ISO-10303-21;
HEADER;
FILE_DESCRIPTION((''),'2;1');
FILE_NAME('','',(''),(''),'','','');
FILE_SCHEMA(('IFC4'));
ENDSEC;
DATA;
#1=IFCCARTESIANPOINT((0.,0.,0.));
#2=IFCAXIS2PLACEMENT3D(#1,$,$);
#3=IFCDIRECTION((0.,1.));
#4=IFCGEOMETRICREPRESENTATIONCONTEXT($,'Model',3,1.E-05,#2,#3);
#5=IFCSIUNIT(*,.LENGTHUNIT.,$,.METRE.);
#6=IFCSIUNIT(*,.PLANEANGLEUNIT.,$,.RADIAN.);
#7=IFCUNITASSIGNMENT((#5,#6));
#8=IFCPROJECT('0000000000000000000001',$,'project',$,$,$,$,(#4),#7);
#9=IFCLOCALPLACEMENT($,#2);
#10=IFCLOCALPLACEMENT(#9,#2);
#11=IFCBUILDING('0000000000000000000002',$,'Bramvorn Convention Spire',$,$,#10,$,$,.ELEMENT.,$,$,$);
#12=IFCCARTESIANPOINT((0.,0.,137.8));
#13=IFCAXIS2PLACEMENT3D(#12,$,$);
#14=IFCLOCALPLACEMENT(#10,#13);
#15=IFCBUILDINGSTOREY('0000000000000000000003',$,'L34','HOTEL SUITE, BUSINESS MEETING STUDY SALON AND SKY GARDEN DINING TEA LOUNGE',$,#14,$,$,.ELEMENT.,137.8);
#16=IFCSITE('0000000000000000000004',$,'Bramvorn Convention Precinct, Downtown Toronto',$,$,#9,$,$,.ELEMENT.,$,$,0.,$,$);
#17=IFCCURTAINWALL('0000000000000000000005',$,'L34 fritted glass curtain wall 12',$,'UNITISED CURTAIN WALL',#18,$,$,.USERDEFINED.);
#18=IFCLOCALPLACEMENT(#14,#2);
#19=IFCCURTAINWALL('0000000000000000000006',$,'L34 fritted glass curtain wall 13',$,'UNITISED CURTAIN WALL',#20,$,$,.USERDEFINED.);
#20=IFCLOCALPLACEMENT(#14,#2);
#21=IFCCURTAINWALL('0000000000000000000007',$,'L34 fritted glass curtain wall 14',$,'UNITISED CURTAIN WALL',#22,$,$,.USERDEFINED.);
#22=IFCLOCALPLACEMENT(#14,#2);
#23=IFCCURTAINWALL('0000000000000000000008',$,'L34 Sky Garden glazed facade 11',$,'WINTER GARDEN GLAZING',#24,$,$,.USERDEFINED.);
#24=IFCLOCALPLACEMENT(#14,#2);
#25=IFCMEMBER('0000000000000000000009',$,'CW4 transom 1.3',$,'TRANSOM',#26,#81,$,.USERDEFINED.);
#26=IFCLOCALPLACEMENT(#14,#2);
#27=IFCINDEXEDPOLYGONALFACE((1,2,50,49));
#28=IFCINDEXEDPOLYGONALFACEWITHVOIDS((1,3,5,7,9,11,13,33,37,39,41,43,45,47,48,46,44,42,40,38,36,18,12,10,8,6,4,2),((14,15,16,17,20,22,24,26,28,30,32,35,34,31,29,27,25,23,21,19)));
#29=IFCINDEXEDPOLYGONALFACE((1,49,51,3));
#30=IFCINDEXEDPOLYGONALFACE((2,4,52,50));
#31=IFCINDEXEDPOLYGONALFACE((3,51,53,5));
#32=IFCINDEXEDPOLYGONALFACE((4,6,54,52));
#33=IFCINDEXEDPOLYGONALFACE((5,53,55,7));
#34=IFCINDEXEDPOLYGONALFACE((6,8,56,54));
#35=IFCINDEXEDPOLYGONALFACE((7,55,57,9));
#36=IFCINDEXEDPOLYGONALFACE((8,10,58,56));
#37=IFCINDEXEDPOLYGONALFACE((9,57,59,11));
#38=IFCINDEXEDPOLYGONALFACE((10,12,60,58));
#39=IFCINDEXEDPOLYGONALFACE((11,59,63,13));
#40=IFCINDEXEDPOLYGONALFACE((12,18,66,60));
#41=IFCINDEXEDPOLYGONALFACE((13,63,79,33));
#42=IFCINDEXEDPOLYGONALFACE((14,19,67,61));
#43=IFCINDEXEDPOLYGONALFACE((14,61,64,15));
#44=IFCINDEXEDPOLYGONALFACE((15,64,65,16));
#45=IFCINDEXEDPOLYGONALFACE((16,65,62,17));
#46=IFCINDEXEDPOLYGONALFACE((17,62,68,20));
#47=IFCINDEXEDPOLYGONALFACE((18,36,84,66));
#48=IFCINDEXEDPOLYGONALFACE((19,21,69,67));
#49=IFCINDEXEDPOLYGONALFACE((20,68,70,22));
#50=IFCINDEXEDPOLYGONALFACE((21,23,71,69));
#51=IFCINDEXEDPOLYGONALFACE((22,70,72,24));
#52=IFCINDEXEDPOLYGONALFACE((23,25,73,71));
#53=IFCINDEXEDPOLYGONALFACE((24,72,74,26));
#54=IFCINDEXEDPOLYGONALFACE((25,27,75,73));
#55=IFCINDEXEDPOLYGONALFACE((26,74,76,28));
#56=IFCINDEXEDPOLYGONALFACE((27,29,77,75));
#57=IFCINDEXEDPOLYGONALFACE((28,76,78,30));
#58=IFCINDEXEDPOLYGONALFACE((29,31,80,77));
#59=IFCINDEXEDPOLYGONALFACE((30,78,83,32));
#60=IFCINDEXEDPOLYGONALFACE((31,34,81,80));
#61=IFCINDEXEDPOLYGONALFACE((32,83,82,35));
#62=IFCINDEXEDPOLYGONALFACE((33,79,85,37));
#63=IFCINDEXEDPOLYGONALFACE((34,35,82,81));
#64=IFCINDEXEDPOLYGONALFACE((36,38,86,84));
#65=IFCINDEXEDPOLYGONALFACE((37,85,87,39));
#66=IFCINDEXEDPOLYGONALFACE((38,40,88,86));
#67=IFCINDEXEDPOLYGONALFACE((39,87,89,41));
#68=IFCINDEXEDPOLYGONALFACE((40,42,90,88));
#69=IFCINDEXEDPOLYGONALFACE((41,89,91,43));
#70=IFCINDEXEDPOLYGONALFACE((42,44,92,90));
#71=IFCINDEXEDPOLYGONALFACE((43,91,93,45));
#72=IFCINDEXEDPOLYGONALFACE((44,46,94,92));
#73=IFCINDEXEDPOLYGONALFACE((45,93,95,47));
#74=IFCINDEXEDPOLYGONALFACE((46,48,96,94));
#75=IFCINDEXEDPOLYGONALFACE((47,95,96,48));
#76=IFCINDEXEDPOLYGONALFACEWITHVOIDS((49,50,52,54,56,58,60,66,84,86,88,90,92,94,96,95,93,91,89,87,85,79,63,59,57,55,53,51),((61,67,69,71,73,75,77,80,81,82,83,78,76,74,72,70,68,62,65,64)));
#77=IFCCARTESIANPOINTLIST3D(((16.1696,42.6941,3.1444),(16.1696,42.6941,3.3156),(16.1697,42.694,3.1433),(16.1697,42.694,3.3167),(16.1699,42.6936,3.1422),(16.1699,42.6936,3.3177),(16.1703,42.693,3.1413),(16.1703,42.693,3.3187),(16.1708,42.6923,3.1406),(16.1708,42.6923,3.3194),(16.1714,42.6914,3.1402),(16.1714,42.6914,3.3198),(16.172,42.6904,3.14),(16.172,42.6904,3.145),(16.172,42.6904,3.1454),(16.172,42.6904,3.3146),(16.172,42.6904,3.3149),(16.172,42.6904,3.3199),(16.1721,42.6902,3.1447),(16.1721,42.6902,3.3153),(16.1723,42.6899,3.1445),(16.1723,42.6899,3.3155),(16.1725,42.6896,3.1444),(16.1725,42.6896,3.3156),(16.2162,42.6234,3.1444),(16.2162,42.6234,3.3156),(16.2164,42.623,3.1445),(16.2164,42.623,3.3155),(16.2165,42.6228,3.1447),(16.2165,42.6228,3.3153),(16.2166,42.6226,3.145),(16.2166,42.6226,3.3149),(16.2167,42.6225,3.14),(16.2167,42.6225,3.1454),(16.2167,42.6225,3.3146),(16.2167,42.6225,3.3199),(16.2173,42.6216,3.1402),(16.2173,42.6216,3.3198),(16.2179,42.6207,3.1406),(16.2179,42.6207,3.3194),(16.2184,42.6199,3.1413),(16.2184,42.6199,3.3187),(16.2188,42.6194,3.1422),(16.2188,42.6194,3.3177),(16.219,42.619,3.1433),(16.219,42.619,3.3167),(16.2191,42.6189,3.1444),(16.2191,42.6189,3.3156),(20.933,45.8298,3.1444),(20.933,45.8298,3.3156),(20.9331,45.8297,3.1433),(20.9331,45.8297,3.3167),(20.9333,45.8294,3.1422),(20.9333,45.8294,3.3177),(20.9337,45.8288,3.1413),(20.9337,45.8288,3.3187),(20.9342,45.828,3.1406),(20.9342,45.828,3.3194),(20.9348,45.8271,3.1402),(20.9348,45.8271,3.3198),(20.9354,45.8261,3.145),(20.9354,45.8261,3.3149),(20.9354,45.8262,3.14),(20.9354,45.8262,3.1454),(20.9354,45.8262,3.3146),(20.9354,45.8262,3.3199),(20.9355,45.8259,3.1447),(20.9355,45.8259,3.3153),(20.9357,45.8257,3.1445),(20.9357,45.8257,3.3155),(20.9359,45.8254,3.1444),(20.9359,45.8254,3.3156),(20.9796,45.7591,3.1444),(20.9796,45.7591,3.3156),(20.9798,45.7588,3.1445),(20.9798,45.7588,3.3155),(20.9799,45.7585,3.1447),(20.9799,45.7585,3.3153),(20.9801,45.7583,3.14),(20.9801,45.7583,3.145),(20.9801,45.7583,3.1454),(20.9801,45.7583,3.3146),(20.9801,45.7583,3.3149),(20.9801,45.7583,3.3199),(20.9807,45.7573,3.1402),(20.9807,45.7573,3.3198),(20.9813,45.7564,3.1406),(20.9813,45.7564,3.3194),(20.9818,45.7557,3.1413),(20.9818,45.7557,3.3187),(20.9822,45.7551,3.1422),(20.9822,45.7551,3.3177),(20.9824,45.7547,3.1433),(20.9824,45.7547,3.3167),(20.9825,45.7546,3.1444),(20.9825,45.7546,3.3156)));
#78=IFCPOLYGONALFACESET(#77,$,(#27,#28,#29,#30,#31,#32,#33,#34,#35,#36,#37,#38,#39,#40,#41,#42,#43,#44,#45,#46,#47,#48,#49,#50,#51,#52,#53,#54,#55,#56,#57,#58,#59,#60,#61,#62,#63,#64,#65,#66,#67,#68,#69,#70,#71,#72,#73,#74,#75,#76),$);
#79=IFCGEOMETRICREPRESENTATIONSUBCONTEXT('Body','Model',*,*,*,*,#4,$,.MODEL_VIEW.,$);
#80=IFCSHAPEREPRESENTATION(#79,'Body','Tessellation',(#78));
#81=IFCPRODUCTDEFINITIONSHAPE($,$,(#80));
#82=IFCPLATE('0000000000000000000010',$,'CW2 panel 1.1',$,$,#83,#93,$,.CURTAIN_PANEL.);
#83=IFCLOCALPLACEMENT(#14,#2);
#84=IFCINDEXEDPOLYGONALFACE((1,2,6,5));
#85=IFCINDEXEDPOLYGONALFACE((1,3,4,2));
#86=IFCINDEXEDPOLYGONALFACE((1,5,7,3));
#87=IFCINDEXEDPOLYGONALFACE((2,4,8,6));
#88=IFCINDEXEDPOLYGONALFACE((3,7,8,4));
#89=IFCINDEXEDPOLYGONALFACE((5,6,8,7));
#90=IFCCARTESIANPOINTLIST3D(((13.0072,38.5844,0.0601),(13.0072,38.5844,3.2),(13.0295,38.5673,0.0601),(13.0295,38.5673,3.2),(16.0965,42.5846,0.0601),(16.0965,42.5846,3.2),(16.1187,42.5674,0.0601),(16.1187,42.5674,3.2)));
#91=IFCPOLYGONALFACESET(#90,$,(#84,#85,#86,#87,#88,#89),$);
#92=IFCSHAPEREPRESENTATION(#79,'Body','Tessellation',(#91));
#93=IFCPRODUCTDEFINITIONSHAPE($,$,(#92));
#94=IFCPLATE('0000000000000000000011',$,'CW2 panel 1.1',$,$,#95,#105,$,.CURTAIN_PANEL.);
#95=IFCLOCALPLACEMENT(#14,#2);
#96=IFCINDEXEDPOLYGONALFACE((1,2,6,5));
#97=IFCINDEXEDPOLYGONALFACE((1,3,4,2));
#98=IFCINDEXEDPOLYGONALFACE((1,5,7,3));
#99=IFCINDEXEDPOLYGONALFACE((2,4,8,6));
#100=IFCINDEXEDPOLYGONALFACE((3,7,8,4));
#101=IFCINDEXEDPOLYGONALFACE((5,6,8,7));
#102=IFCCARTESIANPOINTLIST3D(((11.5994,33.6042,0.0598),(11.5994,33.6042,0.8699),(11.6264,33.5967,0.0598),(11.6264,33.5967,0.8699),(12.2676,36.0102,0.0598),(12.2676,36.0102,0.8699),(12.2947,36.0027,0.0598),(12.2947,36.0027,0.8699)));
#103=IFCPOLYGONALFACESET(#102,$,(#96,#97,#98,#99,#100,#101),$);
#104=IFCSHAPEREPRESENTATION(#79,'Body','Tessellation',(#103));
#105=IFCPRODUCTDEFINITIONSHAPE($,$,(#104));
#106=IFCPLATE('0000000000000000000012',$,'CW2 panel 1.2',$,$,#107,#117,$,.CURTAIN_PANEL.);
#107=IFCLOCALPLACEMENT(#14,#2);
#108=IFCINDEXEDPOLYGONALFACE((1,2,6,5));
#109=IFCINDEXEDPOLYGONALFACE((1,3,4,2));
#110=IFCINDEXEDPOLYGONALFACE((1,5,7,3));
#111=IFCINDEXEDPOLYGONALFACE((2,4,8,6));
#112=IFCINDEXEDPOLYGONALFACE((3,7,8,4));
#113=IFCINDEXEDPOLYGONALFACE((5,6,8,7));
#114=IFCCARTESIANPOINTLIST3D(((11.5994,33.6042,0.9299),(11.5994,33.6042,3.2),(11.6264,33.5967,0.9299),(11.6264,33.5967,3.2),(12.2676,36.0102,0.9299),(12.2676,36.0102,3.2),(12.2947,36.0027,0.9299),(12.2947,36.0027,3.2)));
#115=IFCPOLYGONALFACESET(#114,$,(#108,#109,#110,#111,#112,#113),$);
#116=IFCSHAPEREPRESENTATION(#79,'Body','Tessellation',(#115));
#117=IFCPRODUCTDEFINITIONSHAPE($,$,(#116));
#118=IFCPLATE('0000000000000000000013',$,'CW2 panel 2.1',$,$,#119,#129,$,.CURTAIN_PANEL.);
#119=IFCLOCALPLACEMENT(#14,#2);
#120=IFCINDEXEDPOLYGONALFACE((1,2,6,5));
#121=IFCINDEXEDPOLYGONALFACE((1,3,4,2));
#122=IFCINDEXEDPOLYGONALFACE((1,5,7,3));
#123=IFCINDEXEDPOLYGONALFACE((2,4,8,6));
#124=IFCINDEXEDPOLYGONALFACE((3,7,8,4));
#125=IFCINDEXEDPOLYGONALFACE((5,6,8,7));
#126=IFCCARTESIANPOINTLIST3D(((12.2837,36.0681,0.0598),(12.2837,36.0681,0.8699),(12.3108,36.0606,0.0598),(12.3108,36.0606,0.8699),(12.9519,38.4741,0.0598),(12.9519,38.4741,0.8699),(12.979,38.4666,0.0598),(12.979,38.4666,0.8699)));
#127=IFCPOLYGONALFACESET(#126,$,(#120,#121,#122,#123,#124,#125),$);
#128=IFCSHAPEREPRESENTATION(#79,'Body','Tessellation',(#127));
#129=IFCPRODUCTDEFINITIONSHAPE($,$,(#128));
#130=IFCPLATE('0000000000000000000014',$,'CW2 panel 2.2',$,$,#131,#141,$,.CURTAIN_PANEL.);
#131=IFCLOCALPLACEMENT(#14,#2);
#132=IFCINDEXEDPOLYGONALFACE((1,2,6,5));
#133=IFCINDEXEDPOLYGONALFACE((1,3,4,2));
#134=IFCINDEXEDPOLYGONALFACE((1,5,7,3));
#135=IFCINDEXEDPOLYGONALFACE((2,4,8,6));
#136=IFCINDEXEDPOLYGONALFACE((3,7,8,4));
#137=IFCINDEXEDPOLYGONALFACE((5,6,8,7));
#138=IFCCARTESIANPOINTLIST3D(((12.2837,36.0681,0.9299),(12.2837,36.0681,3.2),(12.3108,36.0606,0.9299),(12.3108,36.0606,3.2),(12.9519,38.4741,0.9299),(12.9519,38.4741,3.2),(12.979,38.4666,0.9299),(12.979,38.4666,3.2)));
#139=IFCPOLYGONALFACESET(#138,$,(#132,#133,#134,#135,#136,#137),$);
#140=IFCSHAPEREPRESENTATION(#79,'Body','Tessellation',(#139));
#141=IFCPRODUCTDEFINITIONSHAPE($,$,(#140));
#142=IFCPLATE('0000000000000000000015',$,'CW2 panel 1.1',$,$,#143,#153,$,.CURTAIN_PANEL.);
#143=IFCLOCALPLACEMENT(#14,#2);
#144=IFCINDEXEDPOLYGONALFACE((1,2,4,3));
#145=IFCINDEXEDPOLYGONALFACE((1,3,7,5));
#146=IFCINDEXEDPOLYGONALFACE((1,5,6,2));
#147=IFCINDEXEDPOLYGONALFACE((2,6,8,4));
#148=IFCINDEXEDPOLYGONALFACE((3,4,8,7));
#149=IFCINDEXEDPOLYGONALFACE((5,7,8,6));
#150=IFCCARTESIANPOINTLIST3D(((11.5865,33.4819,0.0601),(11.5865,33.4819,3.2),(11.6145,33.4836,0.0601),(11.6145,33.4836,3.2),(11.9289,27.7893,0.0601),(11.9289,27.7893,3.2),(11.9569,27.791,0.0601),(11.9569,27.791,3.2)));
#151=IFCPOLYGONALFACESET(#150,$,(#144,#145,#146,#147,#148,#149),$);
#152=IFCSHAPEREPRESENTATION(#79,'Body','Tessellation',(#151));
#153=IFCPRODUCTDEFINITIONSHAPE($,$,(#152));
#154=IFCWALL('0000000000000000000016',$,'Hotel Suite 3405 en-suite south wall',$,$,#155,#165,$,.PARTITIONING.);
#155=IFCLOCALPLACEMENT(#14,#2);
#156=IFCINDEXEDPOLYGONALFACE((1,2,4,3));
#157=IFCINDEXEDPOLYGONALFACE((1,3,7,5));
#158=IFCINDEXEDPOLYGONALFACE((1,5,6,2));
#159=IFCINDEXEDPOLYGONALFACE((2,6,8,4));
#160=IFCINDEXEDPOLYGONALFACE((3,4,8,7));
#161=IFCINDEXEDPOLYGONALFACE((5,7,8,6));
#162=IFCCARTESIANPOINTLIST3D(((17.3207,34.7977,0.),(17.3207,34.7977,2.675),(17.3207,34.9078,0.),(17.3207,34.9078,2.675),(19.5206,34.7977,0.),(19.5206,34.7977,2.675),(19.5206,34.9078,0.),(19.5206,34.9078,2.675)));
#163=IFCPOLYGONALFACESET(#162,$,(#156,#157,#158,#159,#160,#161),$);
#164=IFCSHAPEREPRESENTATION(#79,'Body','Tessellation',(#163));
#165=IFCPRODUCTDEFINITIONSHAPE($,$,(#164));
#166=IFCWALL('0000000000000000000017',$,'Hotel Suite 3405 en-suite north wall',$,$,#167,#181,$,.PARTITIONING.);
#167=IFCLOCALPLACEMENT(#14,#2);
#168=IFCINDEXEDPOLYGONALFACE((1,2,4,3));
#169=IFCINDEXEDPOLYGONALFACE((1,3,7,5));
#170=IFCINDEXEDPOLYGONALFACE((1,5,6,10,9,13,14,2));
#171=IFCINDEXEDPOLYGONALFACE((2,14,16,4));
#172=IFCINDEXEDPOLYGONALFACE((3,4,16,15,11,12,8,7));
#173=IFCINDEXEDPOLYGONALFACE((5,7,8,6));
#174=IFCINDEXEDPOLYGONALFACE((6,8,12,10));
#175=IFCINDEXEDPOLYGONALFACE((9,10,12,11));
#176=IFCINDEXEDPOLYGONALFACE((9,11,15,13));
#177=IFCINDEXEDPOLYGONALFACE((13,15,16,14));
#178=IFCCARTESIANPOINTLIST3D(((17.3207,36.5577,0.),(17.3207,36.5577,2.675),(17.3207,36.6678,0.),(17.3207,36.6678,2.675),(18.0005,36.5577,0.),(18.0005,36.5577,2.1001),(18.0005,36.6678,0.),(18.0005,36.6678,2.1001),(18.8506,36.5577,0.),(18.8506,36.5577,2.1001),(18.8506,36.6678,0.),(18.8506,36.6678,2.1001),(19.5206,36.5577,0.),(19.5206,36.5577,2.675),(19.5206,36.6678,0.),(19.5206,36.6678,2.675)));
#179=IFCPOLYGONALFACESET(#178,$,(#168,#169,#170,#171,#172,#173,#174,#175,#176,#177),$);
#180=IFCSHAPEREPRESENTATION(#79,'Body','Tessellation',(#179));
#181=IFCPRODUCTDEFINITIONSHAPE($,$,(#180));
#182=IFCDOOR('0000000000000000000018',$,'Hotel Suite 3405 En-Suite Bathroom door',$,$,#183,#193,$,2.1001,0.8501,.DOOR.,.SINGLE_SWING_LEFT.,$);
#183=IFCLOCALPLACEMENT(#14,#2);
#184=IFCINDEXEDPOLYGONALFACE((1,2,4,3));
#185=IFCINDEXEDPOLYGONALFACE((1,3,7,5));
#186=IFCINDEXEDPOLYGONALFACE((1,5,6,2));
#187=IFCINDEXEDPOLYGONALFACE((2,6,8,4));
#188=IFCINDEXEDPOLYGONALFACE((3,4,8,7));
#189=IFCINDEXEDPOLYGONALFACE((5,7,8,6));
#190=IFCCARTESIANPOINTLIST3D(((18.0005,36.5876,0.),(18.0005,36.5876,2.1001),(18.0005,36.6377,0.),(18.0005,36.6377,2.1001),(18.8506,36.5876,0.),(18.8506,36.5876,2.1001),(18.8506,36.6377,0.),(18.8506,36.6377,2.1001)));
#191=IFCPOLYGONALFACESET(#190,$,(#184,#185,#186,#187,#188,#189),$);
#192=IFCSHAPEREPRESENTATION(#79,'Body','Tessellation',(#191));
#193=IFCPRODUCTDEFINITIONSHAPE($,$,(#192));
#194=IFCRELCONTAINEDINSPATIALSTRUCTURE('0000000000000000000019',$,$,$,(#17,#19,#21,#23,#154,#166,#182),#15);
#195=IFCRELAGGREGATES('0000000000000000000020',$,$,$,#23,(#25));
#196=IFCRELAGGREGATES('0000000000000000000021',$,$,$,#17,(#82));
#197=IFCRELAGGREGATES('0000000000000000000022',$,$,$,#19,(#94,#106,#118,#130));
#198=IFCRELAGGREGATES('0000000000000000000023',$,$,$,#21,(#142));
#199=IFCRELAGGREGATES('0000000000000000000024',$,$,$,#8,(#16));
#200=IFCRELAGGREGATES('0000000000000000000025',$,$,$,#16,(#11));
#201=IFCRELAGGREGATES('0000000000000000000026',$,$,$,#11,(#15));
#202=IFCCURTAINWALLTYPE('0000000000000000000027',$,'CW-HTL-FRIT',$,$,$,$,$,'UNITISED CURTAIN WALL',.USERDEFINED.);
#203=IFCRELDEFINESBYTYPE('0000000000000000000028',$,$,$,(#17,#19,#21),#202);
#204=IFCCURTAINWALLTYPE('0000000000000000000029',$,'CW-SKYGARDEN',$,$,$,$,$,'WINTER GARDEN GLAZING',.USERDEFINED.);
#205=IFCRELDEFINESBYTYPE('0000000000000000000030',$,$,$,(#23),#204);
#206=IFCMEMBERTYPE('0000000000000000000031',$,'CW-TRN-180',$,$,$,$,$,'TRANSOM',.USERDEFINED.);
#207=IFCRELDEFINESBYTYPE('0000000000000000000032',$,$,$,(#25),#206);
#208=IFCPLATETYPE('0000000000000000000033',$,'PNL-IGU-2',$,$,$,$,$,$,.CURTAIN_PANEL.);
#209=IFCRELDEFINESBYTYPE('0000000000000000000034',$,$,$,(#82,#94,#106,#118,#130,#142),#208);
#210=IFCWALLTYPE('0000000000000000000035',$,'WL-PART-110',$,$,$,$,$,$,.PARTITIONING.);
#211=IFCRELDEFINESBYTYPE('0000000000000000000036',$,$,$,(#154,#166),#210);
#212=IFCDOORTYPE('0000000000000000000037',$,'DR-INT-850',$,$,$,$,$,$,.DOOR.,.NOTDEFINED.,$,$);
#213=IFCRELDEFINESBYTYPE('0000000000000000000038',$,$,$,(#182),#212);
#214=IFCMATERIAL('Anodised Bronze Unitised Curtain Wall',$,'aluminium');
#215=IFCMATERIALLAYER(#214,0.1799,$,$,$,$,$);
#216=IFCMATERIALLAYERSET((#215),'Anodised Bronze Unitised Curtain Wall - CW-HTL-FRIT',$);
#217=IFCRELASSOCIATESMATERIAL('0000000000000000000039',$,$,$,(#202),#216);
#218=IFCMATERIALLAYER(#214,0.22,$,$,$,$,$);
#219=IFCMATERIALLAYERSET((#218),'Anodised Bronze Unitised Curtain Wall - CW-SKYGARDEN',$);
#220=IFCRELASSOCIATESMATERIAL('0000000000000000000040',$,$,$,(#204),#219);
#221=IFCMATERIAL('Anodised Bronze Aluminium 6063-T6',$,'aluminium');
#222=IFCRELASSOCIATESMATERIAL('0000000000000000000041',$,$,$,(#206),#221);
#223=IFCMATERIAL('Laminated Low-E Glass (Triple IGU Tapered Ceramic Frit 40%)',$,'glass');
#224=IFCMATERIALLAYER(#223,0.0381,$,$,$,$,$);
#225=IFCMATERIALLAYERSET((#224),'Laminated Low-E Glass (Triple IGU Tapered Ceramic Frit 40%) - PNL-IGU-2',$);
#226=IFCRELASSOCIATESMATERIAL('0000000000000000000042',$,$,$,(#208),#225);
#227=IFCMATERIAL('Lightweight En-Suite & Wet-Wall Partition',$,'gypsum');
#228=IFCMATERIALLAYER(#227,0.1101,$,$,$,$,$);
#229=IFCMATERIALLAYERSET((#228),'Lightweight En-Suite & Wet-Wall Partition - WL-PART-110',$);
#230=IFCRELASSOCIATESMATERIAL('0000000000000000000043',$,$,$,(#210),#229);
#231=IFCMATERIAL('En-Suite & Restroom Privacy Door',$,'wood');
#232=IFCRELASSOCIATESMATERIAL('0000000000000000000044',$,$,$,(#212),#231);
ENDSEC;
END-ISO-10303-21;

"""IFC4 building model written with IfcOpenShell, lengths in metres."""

from ifc_helpers import new_model, si_unit, direction, frame, frame_2d, origin, origin_2d, place, context, subcontext, project, spatial, rectangle, hollow_rectangle, extrude, material, layer, layer_set, material_profile, profile_set, type_object, element, fill, aggregate, save


model = new_model("IFC4")

# Units and contexts
model_context = context("Model", 3, precision=1e-05, world=origin(), true_north=direction((0.0, 1.0)))
body_context = subcontext(model_context, "Body", "Model", "MODEL_VIEW")
ifc_project = project(units=[si_unit("LENGTHUNIT", "METRE"), si_unit("PLANEANGLEUNIT", "RADIAN")], contexts=[model_context])

# Site, building, storey
site_placement = place(None, origin())
site = spatial("IfcSite", under=ifc_project, at=site_placement, Name="Bramvorn Convention Precinct, Downtown Toronto", CompositionType="ELEMENT", RefElevation=0.0)
building_placement = place(site_placement, origin())
building = spatial("IfcBuilding", under=site, at=building_placement, Name="Bramvorn Convention Spire", CompositionType="ELEMENT")
storey_placement = place(building_placement, frame((0.0, 0.0, 137.8)))
storey = spatial("IfcBuildingStorey", under=building, at=storey_placement, Name="L34", Description="HOTEL SUITE, BUSINESS MEETING STUDY SALON AND SKY GARDEN DINING TEA LOUNGE", CompositionType="ELEMENT", Elevation=137.8)

# Curtain walls
ifc_material_1 = material(Name="Anodised Bronze Unitised Curtain Wall", Category="aluminium")
ifc_layer_1 = layer(ifc_material_1, 0.1799)
ifc_layer_set_1 = layer_set([ifc_layer_1], Name="Anodised Bronze Unitised Curtain Wall - CW-HTL-FRIT")
curtain_wall_type_1 = type_object("IfcCurtainWallType", Name="CW-HTL-FRIT", ElementType="UNITISED CURTAIN WALL", PredefinedType="USERDEFINED", material=ifc_layer_set_1)
curtain_wall_1_placement = place(storey_placement, origin())
curtain_wall_1 = element("IfcCurtainWall", 1, at=curtain_wall_1_placement, inside=storey, type_object=curtain_wall_type_1, Name="L34 fritted glass curtain wall 12", ObjectType="UNITISED CURTAIN WALL", PredefinedType="USERDEFINED")
ifc_material_2 = material(Name="Anodised Bronze Aluminium 6063-T6", Category="aluminium")
curtain_wall_2_placement = place(storey_placement, origin())
curtain_wall_2 = element("IfcCurtainWall", 2, at=curtain_wall_2_placement, inside=storey, type_object=curtain_wall_type_1, Name="L34 fritted glass curtain wall 13", ObjectType="UNITISED CURTAIN WALL", PredefinedType="USERDEFINED")
curtain_wall_3_placement = place(storey_placement, origin())
curtain_wall_3 = element("IfcCurtainWall", 3, at=curtain_wall_3_placement, inside=storey, type_object=curtain_wall_type_1, Name="L34 fritted glass curtain wall 14", ObjectType="UNITISED CURTAIN WALL", PredefinedType="USERDEFINED")

# Curtain wall
ifc_layer_2 = layer(ifc_material_1, 0.22)
ifc_layer_set_2 = layer_set([ifc_layer_2], Name="Anodised Bronze Unitised Curtain Wall - CW-SKYGARDEN")
curtain_wall_type_2 = type_object("IfcCurtainWallType", Name="CW-SKYGARDEN", ElementType="WINTER GARDEN GLAZING", PredefinedType="USERDEFINED", material=ifc_layer_set_2)
curtain_wall_4_placement = place(storey_placement, origin())
curtain_wall_4 = element("IfcCurtainWall", 4, at=curtain_wall_4_placement, inside=storey, type_object=curtain_wall_type_2, Name="L34 Sky Garden glazed facade 11", ObjectType="WINTER GARDEN GLAZING", PredefinedType="USERDEFINED")

# Member
ifc_material_profile_1 = material_profile(ifc_material_2, hollow_rectangle(XDim=0.0901, YDim=0.1799, WallThickness=0.0044, InnerFilletRadius=0.001, OuterFilletRadius=0.0044, at=origin_2d()))
ifc_profile_set_1 = profile_set([ifc_material_profile_1], Name="Anodised Bronze Aluminium 6063-T6 - CWT90X180")
member_type_1 = type_object("IfcMemberType", Name="CW-TRN-180", ElementType="TRANSOM", PredefinedType="USERDEFINED", material=ifc_profile_set_1)
member_1_placement = place(storey_placement, frame((16.1943, 42.6565, 3.23), z_axis=(0.835263, 0.54985, 0.0), x_axis=(-0.54985, 0.835263, 0.0)))
member_1 = element("IfcMember", 5, at=member_1_placement, type_object=member_type_1, Name="CW4 transom 1.3", ObjectType="TRANSOM", PredefinedType="USERDEFINED", context=body_context, shape_type="SweptSolid", body=[
    extrude(hollow_rectangle(XDim=0.0901, YDim=0.1799, WallThickness=0.0044, InnerFilletRadius=0.001, OuterFilletRadius=0.0044, at=origin_2d()), origin(), (0.0, 0.0, 1.0), 5.7029),
])
aggregate(curtain_wall_4, [member_1])

# Plates
ifc_material_3 = material(Name="Laminated Low-E Glass (Triple IGU Tapered Ceramic Frit 40%)", Category="glass")
ifc_layer_3 = layer(ifc_material_3, 0.0381)
ifc_layer_set_3 = layer_set([ifc_layer_3], Name="Laminated Low-E Glass (Triple IGU Tapered Ceramic Frit 40%) - PNL-IGU-2")
plate_type = type_object("IfcPlateType", Name="PNL-IGU-2", PredefinedType="CURTAIN_PANEL", material=ifc_layer_set_3)
plate_1_placement = place(storey_placement, frame((14.563, 40.5759, 0.0601), z_axis=(0.0, 0.0, 1.0), x_axis=(0.611233, 0.791451, 0.0)))
plate_1 = element("IfcPlate", 6, at=plate_1_placement, type_object=plate_type, Name="CW2 panel 1.1", PredefinedType="CURTAIN_PANEL", context=body_context, shape_type="SweptSolid", body=[
    extrude(rectangle(XDim=5.0542, YDim=0.0281, at=origin_2d()), origin(), (0.0, 0.0, 1.0), 3.1399),
])
aggregate(curtain_wall_1, [plate_1])
plate_2_placement = place(storey_placement, frame((11.947, 34.8035, 0.0598), z_axis=(0.0, 0.0, 1.0), x_axis=(0.26761, 0.963527, 0.0)))
plate_2 = element("IfcPlate", 7, at=plate_2_placement, type_object=plate_type, Name="CW2 panel 1.1", PredefinedType="CURTAIN_PANEL", context=body_context, shape_type="SweptSolid", body=[
    extrude(rectangle(XDim=2.4971, YDim=0.0281, at=origin_2d()), origin(), (0.0, 0.0, 1.0), 0.8101),
])
plate_3_placement = place(storey_placement, frame((11.947, 34.8035, 0.9299), z_axis=(0.0, 0.0, 1.0), x_axis=(0.26761, 0.963527, 0.0)))
plate_3 = element("IfcPlate", 8, at=plate_3_placement, type_object=plate_type, Name="CW2 panel 1.2", PredefinedType="CURTAIN_PANEL", context=body_context, shape_type="SweptSolid", body=[
    extrude(rectangle(XDim=2.4971, YDim=0.0281, at=origin_2d()), origin(), (0.0, 0.0, 1.0), 2.27),
])
plate_4_placement = place(storey_placement, frame((12.6313, 37.2673, 0.0598), z_axis=(0.0, 0.0, 1.0), x_axis=(0.26761, 0.963527, 0.0)))
plate_4 = element("IfcPlate", 9, at=plate_4_placement, type_object=plate_type, Name="CW2 panel 2.1", PredefinedType="CURTAIN_PANEL", context=body_context, shape_type="SweptSolid", body=[
    extrude(rectangle(XDim=2.4971, YDim=0.0281, at=origin_2d()), origin(), (0.0, 0.0, 1.0), 0.8101),
])
plate_5_placement = place(storey_placement, frame((12.6313, 37.2673, 0.9299), z_axis=(0.0, 0.0, 1.0), x_axis=(0.26761, 0.963527, 0.0)))
plate_5 = element("IfcPlate", 10, at=plate_5_placement, type_object=plate_type, Name="CW2 panel 2.2", PredefinedType="CURTAIN_PANEL", context=body_context, shape_type="SweptSolid", body=[
    extrude(rectangle(XDim=2.4971, YDim=0.0281, at=origin_2d()), origin(), (0.0, 0.0, 1.0), 2.27),
])
aggregate(curtain_wall_2, [plate_2, plate_3, plate_4, plate_5])
plate_6_placement = place(storey_placement, frame((11.7717, 30.6365, 0.0601), z_axis=(0.0, 0.0, 1.0), x_axis=(-0.06004, 0.998196, 0.0)))
plate_6 = element("IfcPlate", 11, at=plate_6_placement, type_object=plate_type, Name="CW2 panel 1.1", PredefinedType="CURTAIN_PANEL", context=body_context, shape_type="SweptSolid", body=[
    extrude(rectangle(XDim=5.7029, YDim=0.0281, at=origin_2d()), origin(), (0.0, 0.0, 1.0), 3.1399),
])
aggregate(curtain_wall_3, [plate_6])

# Wall
ifc_material_4 = material(Name="Lightweight En-Suite & Wet-Wall Partition", Category="gypsum")
ifc_layer_4 = layer(ifc_material_4, 0.1101)
ifc_layer_set_4 = layer_set([ifc_layer_4], Name="Lightweight En-Suite & Wet-Wall Partition - WL-PART-110")
wall_type = type_object("IfcWallType", Name="WL-PART-110", PredefinedType="PARTITIONING", material=ifc_layer_set_4)
wall_1_placement = place(storey_placement, frame((17.3206, 34.8528, 0.0), z_axis=(0.0, 0.0, 1.0), x_axis=(1.0, 0.0, 0.0)))
element("IfcWall", 12, at=wall_1_placement, inside=storey, type_object=wall_type, Name="Hotel Suite 3405 en-suite south wall", PredefinedType="PARTITIONING", context=body_context, shape_type="SweptSolid", body=[
    extrude(rectangle(XDim=2.2, YDim=0.1101, at=frame_2d((1.1001, 0.0))), origin(), (0.0, 0.0, 1.0), 2.675),
])

# Wall, opening, door
wall_2_placement = place(storey_placement, frame((17.3206, 36.6128, 0.0), z_axis=(0.0, 0.0, 1.0), x_axis=(1.0, 0.0, 0.0)))
wall_2 = element("IfcWall", 13, at=wall_2_placement, inside=storey, type_object=wall_type, Name="Hotel Suite 3405 en-suite north wall", PredefinedType="PARTITIONING", context=body_context, shape_type="SweptSolid", body=[
    extrude(rectangle(XDim=2.2, YDim=0.1101, at=frame_2d((1.1001, 0.0))), origin(), (0.0, 0.0, 1.0), 2.675),
])
opening_placement = place(wall_2_placement, frame((0.6799, 0.0, 0.0)))
opening = element("IfcOpeningElement", 14, at=opening_placement, cuts=wall_2, PredefinedType="OPENING", context=body_context, shape_type="SweptSolid", body=[
    extrude(rectangle(XDim=0.8501, YDim=2.1001, at=frame_2d((0.425, 1.05))), frame((0.0, 0.0649, 0.0), z_axis=(0.0, -1.0, 0.0), x_axis=(1.0, 0.0, 0.0)), (0.0, 0.0, 1.0), 0.1301),
])
ifc_material_5 = material(Name="En-Suite & Restroom Privacy Door", Category="wood")
door_type = type_object("IfcDoorType", Name="DR-INT-850", OperationType="NOTDEFINED", PredefinedType="DOOR", material=ifc_material_5)
door_placement = place(opening_placement, origin())
door = element("IfcDoor", 15, at=door_placement, inside=storey, type_object=door_type, Name="Hotel Suite 3405 En-Suite Bathroom door", OperationType="SINGLE_SWING_LEFT", OverallHeight=2.1001, OverallWidth=0.8501, PredefinedType="DOOR", context=body_context, shape_type="SweptSolid", body=[
    extrude(rectangle(XDim=0.8501, YDim=2.1001, at=frame_2d((0.425, 1.05))), frame((0.0, 0.0249, 0.0), z_axis=(0.0, -1.0, 0.0), x_axis=(1.0, 0.0, 0.0)), (0.0, 0.0, 1.0), 0.05),
])
fill(opening, door)

save(model, "model.ifc")
